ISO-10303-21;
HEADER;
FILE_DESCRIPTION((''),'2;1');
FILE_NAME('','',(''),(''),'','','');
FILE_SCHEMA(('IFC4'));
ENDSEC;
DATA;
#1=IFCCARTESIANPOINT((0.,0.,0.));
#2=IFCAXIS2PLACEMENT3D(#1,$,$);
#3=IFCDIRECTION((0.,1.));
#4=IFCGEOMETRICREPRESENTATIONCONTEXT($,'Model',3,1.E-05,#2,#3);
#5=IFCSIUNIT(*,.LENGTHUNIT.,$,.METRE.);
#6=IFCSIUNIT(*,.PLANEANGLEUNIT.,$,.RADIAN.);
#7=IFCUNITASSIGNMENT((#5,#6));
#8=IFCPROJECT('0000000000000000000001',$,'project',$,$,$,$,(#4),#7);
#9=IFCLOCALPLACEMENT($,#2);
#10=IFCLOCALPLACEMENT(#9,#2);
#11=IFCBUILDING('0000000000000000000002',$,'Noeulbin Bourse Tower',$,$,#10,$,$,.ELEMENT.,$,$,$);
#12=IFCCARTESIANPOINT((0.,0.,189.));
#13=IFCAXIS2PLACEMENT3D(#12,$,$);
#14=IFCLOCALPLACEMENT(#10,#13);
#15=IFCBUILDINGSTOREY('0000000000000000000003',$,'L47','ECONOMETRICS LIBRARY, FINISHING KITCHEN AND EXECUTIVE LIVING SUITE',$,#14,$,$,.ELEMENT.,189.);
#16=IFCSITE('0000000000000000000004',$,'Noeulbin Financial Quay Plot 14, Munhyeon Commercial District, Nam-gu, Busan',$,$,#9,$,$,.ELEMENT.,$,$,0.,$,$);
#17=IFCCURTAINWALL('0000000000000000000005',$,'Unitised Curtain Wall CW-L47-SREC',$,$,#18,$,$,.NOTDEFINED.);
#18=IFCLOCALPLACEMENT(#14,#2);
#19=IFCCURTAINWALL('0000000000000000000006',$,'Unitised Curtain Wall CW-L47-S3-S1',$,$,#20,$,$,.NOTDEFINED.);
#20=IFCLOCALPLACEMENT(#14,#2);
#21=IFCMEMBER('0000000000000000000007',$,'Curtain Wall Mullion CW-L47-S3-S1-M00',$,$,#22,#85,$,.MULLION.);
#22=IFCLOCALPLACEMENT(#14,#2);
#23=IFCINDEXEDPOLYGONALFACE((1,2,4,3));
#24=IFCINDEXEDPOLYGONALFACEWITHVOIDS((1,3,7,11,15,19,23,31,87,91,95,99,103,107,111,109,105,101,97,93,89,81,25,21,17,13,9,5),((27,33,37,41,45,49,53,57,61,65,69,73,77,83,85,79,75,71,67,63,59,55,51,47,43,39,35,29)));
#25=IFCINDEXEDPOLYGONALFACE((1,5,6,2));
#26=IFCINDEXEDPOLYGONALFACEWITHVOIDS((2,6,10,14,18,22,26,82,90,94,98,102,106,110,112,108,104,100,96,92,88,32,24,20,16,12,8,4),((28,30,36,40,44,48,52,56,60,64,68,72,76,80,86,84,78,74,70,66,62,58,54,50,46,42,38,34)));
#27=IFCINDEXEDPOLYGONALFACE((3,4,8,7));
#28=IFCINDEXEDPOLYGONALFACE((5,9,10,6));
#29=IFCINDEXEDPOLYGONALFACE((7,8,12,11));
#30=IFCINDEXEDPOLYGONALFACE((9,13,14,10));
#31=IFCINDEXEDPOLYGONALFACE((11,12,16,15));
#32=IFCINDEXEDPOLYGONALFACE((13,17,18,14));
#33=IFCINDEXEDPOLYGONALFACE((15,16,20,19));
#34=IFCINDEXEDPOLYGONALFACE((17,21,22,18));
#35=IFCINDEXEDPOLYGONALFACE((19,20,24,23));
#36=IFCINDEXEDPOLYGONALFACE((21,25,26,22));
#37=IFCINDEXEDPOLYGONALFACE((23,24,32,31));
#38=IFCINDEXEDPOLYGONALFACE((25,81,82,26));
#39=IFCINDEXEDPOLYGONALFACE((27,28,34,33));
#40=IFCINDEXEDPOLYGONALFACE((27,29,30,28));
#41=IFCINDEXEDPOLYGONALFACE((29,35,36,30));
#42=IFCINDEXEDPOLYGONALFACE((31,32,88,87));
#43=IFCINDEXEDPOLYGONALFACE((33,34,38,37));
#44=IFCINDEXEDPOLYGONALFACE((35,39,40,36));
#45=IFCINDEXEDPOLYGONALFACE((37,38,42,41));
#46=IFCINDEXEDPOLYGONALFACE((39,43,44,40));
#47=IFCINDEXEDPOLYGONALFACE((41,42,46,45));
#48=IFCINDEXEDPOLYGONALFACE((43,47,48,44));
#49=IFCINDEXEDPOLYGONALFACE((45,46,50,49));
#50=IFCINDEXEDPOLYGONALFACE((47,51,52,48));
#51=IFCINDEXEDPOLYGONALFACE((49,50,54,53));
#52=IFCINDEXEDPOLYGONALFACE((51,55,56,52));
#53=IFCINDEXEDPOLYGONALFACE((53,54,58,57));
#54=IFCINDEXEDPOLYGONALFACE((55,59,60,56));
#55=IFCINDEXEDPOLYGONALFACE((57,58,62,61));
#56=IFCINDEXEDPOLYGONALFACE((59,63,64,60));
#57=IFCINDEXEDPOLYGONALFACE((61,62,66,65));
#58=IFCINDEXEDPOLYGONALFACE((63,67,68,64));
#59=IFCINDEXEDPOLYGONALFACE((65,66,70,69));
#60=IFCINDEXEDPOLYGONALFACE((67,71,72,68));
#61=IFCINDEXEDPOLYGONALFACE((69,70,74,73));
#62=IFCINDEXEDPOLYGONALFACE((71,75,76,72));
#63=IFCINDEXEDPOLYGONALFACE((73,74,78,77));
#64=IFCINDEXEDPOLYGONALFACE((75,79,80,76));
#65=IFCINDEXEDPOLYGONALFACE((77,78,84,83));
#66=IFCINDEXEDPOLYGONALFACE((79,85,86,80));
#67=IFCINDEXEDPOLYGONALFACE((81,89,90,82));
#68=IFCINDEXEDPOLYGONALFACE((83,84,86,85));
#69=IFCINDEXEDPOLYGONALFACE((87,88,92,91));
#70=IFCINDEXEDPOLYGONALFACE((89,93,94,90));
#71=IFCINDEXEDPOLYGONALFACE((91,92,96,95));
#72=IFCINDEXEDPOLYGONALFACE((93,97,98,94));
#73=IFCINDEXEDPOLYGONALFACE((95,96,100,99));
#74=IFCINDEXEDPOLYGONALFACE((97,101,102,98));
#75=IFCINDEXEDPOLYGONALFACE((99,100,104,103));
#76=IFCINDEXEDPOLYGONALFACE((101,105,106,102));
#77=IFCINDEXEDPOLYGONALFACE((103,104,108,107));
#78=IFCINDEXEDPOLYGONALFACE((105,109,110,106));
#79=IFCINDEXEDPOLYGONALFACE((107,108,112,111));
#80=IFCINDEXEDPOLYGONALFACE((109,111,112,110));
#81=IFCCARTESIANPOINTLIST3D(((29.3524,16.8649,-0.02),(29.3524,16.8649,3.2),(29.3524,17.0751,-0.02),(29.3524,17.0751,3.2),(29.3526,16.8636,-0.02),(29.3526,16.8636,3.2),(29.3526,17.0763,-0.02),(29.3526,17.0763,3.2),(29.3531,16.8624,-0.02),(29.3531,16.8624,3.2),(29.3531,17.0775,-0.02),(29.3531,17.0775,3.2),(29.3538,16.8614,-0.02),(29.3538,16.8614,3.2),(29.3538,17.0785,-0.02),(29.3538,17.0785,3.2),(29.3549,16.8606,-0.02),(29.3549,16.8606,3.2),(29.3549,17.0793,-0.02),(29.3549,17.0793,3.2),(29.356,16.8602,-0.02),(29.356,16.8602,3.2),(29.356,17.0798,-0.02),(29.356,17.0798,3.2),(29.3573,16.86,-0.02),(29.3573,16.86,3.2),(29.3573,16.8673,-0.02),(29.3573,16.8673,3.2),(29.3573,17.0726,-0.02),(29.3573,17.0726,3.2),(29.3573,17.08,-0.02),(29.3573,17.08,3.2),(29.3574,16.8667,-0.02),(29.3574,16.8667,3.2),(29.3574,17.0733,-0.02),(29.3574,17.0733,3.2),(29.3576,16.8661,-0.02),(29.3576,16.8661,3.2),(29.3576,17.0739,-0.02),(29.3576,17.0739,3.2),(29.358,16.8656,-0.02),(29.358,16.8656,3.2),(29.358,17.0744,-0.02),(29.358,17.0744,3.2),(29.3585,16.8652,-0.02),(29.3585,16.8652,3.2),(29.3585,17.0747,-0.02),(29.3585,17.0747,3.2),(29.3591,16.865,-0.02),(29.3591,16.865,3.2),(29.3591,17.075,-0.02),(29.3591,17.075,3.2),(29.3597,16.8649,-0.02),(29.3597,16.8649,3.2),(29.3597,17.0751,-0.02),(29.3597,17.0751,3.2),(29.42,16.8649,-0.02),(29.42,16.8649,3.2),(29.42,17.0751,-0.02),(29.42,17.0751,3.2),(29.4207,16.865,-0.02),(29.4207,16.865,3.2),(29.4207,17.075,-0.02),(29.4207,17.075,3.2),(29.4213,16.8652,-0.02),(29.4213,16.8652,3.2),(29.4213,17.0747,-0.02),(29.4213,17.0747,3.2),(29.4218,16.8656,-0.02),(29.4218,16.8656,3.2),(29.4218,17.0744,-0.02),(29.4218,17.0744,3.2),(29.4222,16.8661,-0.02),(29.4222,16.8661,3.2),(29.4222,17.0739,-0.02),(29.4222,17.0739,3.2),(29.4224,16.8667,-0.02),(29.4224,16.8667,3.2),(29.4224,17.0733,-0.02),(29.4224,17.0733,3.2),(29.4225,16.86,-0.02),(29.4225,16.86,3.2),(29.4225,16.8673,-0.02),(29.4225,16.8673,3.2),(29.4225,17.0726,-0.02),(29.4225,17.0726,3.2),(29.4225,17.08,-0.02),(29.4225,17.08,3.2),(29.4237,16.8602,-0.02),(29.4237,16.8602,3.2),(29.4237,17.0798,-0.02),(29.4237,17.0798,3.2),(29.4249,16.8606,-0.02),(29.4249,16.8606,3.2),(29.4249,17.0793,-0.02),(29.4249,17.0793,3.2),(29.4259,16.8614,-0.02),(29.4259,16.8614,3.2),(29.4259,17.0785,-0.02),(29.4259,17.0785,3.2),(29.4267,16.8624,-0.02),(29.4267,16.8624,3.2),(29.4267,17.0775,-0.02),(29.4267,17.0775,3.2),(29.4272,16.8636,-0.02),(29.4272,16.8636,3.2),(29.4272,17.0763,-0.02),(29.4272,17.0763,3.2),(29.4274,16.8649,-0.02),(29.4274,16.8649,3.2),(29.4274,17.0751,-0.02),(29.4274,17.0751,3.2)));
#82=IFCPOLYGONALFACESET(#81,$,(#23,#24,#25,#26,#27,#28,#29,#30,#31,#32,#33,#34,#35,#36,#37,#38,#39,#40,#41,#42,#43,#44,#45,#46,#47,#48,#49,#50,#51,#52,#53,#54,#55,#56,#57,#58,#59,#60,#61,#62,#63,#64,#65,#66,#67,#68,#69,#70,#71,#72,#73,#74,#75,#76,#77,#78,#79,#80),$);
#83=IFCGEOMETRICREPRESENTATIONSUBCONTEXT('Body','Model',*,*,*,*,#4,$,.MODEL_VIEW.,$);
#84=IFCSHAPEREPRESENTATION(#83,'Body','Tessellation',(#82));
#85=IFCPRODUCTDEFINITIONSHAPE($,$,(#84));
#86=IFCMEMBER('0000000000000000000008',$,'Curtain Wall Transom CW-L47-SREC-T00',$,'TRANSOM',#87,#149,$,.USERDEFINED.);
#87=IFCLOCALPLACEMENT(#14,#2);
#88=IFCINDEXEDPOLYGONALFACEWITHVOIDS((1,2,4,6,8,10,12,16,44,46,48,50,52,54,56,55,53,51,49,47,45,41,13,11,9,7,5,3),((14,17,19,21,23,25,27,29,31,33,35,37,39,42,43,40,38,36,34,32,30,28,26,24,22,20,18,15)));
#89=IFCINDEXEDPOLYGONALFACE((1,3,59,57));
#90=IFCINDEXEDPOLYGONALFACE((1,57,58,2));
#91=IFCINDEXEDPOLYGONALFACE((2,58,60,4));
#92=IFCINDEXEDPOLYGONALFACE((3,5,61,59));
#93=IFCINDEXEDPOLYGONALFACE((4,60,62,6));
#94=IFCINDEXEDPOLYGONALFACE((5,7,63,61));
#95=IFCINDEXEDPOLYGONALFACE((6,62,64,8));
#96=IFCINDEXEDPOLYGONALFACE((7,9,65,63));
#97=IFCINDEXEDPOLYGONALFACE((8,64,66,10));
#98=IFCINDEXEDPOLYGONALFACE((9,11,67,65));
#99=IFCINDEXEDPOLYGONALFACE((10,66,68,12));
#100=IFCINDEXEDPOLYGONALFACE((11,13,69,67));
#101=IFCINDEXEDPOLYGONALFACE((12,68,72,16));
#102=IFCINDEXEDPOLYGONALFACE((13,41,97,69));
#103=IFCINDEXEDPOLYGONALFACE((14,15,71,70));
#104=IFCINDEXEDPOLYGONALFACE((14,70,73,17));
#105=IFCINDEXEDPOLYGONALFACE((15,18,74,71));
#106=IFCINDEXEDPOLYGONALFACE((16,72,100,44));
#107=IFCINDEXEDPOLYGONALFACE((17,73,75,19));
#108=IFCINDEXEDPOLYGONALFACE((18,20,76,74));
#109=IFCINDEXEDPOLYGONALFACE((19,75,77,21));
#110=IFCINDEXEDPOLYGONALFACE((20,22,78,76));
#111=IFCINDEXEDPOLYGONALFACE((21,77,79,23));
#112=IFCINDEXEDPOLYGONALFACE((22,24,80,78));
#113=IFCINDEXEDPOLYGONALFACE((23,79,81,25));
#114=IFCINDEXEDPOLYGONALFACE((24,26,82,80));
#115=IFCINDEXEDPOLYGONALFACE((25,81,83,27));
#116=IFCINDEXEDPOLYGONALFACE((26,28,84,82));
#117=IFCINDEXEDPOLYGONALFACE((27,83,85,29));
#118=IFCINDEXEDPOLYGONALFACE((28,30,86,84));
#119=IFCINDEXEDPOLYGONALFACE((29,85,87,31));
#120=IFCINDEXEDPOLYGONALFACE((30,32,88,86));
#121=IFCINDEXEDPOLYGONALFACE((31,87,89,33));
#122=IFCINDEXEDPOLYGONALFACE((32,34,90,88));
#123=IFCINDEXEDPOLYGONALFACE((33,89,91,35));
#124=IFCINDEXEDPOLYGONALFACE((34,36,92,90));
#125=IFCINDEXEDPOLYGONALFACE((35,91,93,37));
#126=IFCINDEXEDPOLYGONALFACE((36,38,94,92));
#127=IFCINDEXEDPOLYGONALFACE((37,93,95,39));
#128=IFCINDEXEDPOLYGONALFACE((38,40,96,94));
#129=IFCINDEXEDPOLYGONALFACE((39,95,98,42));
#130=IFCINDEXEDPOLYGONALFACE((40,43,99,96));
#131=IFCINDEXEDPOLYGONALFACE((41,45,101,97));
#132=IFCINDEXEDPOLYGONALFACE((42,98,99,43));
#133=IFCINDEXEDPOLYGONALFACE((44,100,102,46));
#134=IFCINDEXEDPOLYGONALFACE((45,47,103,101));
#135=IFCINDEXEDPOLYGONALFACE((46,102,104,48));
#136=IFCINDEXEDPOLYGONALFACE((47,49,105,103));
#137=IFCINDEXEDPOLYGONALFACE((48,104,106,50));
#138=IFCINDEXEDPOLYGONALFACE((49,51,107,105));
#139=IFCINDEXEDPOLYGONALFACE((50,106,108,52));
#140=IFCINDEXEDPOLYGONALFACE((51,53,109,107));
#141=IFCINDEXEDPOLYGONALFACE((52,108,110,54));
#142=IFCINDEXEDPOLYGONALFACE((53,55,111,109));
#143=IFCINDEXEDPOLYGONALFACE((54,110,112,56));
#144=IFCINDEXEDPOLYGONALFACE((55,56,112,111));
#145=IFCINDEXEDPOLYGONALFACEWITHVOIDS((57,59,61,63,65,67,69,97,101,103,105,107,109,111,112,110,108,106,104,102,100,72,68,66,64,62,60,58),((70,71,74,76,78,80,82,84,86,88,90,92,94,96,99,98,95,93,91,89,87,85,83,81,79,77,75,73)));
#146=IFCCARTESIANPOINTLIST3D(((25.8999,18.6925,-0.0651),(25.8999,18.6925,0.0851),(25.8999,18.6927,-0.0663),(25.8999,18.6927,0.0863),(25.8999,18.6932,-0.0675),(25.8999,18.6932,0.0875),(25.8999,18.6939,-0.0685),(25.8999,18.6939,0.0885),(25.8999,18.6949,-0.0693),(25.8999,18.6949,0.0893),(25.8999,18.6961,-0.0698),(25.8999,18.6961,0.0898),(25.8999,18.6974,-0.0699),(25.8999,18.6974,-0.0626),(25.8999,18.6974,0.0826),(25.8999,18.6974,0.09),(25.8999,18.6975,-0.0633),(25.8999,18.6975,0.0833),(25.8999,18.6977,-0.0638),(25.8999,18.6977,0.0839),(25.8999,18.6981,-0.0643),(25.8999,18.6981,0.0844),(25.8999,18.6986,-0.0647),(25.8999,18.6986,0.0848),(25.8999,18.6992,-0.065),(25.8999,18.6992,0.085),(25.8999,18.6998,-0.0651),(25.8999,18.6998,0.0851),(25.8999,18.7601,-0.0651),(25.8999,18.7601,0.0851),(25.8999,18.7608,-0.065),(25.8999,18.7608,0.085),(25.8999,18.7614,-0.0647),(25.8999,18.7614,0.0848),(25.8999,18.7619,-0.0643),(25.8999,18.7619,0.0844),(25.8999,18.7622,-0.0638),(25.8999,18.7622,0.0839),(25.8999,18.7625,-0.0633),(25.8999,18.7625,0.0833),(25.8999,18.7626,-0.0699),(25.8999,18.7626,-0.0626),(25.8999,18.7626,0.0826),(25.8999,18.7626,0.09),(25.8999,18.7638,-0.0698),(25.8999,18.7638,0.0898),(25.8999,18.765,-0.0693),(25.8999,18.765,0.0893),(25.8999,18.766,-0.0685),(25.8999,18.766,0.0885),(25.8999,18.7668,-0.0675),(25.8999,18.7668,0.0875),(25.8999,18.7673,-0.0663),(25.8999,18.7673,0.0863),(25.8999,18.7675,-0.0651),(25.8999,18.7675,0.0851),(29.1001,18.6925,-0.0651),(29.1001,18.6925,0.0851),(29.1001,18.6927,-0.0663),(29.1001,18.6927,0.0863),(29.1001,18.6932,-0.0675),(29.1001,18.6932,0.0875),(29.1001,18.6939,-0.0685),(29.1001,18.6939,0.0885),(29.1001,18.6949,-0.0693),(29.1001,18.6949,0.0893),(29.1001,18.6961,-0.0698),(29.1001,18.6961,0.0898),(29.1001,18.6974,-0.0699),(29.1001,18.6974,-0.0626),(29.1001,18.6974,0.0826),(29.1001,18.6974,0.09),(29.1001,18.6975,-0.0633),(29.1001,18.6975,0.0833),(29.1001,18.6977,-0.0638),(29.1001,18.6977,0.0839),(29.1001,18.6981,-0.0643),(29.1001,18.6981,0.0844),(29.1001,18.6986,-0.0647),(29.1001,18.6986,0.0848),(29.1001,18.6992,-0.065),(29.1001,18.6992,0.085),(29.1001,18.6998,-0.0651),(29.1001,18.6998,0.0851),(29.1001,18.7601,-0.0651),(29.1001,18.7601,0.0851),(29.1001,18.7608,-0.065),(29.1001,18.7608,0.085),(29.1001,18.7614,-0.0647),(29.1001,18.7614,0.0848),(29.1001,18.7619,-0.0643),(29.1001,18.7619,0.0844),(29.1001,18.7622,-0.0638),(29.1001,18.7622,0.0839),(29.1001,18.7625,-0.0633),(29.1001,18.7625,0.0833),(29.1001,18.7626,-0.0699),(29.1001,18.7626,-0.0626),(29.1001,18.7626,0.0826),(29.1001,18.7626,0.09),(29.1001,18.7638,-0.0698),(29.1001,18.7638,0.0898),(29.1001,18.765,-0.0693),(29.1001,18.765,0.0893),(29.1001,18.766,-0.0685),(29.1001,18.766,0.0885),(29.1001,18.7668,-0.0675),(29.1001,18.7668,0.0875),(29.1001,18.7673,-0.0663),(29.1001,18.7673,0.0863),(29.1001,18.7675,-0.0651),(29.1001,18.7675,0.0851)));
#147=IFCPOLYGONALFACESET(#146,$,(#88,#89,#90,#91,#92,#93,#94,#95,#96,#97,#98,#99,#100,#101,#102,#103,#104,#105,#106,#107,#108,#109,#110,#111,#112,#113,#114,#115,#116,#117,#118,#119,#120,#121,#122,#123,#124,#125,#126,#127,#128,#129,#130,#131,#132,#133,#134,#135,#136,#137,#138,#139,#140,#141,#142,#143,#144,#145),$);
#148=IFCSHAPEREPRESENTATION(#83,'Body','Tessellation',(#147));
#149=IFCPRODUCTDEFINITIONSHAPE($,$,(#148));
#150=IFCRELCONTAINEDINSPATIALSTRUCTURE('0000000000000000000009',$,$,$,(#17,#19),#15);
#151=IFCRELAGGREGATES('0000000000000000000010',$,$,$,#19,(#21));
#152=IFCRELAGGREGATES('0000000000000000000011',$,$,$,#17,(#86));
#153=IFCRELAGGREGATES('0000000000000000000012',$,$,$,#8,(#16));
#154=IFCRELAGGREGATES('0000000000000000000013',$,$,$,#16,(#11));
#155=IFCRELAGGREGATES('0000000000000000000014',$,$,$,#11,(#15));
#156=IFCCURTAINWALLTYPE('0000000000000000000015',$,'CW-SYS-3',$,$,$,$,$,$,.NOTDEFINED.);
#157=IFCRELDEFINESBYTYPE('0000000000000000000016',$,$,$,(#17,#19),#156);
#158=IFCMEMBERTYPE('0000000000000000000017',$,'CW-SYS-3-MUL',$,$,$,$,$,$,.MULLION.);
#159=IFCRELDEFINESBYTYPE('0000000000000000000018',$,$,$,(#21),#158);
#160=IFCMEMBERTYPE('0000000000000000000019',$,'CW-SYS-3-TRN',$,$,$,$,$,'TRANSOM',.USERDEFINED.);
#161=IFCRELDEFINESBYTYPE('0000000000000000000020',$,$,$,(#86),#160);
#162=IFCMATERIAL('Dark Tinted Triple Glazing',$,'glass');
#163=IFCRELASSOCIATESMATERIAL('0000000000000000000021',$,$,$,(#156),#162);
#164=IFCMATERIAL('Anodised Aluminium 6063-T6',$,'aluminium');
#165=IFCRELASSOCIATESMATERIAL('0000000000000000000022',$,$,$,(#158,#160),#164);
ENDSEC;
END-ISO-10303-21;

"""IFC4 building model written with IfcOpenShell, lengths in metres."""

from ifc_helpers import new_model, si_unit, direction, frame, origin, origin_2d, place, context, subcontext, project, spatial, hollow_rectangle, extrude, material, material_profile, profile_set, type_object, element, aggregate, save


model = new_model("IFC4")

# Units and contexts
model_context = context("Model", 3, precision=1e-05, world=origin(), true_north=direction((0.0, 1.0)))
body_context = subcontext(model_context, "Body", "Model", "MODEL_VIEW")
ifc_project = project(units=[si_unit("LENGTHUNIT", "METRE"), si_unit("PLANEANGLEUNIT", "RADIAN")], contexts=[model_context])

# Site, building, storey
site_placement = place(None, origin())
site = spatial("IfcSite", under=ifc_project, at=site_placement, Name="Noeulbin Financial Quay Plot 14, Munhyeon Commercial District, Nam-gu, Busan", CompositionType="ELEMENT", RefElevation=0.0)
building_placement = place(site_placement, origin())
building = spatial("IfcBuilding", under=site, at=building_placement, Name="Noeulbin Bourse Tower", CompositionType="ELEMENT")
storey_placement = place(building_placement, frame((0.0, 0.0, 189.0)))
storey = spatial("IfcBuildingStorey", under=building, at=storey_placement, Name="L47", Description="ECONOMETRICS LIBRARY, FINISHING KITCHEN AND EXECUTIVE LIVING SUITE", CompositionType="ELEMENT", Elevation=189.0)

# Curtain wall
ifc_material_1 = material(Name="Dark Tinted Triple Glazing", Category="glass")
curtain_wall_type = type_object("IfcCurtainWallType", Name="CW-SYS-3", PredefinedType="NOTDEFINED", material=ifc_material_1)
curtain_wall_1_placement = place(storey_placement, origin())
curtain_wall_1 = element("IfcCurtainWall", 1, at=curtain_wall_1_placement, inside=storey, type_object=curtain_wall_type, Name="Unitised Curtain Wall CW-L47-SREC", PredefinedType="NOTDEFINED")
ifc_material_2 = material(Name="Anodised Aluminium 6063-T6", Category="aluminium")
ifc_material_profile_1 = material_profile(ifc_material_2, hollow_rectangle(XDim=0.075, YDim=0.22, WallThickness=0.0049, InnerFilletRadius=0.0024, OuterFilletRadius=0.0049, at=origin_2d()), Name="ALU-MULL-75x220x5", Category="LoadBearing")
ifc_profile_set_1 = profile_set([ifc_material_profile_1], Name="Anodised Aluminium 6063-T6")
member_type_1 = type_object("IfcMemberType", Name="CW-SYS-3-MUL", PredefinedType="MULLION", material=ifc_profile_set_1)

# Curtain wall, member
curtain_wall_2_placement = place(storey_placement, origin())
curtain_wall_2 = element("IfcCurtainWall", 2, at=curtain_wall_2_placement, inside=storey, type_object=curtain_wall_type, Name="Unitised Curtain Wall CW-L47-S3-S1", PredefinedType="NOTDEFINED")
member_1_placement = place(storey_placement, frame((29.3899, 16.97, -0.02), z_axis=(0.0, 0.0, 1.0), x_axis=(1.0, 0.0, 0.0)))
member_1 = element("IfcMember", 3, at=member_1_placement, type_object=member_type_1, Name="Curtain Wall Mullion CW-L47-S3-S1-M00", PredefinedType="MULLION", context=body_context, shape_type="SweptSolid", body=[
    extrude(hollow_rectangle(XDim=0.075, YDim=0.22, WallThickness=0.0049, InnerFilletRadius=0.0024, OuterFilletRadius=0.0049, at=origin_2d()), origin(), (0.0, 0.0, 1.0), 3.22),
])
aggregate(curtain_wall_2, [member_1])

# Member
ifc_material_profile_2 = material_profile(ifc_material_2, hollow_rectangle(XDim=0.075, YDim=0.1599, WallThickness=0.0049, InnerFilletRadius=0.0024, OuterFilletRadius=0.0049, at=origin_2d()), Name="ALU-TRAN-75x160x5", Category="LoadBearing")
ifc_profile_set_2 = profile_set([ifc_material_profile_2], Name="Anodised Aluminium 6063-T6")
member_type_2 = type_object("IfcMemberType", Name="CW-SYS-3-TRN", ElementType="TRANSOM", PredefinedType="USERDEFINED", material=ifc_profile_set_2)
member_2_placement = place(storey_placement, frame((25.8999, 18.73, 0.01), z_axis=(1.0, 0.0, 0.0), x_axis=(0.0, 1.0, 0.0)))
member_2 = element("IfcMember", 4, at=member_2_placement, type_object=member_type_2, Name="Curtain Wall Transom CW-L47-SREC-T00", ObjectType="TRANSOM", PredefinedType="USERDEFINED", context=body_context, shape_type="SweptSolid", body=[
    extrude(hollow_rectangle(XDim=0.075, YDim=0.1599, WallThickness=0.0049, InnerFilletRadius=0.0024, OuterFilletRadius=0.0049, at=origin_2d()), origin(), (0.0, 0.0, 1.0), 3.2002),
])

aggregate(curtain_wall_1, [member_2])

save(model, "model.ifc")
